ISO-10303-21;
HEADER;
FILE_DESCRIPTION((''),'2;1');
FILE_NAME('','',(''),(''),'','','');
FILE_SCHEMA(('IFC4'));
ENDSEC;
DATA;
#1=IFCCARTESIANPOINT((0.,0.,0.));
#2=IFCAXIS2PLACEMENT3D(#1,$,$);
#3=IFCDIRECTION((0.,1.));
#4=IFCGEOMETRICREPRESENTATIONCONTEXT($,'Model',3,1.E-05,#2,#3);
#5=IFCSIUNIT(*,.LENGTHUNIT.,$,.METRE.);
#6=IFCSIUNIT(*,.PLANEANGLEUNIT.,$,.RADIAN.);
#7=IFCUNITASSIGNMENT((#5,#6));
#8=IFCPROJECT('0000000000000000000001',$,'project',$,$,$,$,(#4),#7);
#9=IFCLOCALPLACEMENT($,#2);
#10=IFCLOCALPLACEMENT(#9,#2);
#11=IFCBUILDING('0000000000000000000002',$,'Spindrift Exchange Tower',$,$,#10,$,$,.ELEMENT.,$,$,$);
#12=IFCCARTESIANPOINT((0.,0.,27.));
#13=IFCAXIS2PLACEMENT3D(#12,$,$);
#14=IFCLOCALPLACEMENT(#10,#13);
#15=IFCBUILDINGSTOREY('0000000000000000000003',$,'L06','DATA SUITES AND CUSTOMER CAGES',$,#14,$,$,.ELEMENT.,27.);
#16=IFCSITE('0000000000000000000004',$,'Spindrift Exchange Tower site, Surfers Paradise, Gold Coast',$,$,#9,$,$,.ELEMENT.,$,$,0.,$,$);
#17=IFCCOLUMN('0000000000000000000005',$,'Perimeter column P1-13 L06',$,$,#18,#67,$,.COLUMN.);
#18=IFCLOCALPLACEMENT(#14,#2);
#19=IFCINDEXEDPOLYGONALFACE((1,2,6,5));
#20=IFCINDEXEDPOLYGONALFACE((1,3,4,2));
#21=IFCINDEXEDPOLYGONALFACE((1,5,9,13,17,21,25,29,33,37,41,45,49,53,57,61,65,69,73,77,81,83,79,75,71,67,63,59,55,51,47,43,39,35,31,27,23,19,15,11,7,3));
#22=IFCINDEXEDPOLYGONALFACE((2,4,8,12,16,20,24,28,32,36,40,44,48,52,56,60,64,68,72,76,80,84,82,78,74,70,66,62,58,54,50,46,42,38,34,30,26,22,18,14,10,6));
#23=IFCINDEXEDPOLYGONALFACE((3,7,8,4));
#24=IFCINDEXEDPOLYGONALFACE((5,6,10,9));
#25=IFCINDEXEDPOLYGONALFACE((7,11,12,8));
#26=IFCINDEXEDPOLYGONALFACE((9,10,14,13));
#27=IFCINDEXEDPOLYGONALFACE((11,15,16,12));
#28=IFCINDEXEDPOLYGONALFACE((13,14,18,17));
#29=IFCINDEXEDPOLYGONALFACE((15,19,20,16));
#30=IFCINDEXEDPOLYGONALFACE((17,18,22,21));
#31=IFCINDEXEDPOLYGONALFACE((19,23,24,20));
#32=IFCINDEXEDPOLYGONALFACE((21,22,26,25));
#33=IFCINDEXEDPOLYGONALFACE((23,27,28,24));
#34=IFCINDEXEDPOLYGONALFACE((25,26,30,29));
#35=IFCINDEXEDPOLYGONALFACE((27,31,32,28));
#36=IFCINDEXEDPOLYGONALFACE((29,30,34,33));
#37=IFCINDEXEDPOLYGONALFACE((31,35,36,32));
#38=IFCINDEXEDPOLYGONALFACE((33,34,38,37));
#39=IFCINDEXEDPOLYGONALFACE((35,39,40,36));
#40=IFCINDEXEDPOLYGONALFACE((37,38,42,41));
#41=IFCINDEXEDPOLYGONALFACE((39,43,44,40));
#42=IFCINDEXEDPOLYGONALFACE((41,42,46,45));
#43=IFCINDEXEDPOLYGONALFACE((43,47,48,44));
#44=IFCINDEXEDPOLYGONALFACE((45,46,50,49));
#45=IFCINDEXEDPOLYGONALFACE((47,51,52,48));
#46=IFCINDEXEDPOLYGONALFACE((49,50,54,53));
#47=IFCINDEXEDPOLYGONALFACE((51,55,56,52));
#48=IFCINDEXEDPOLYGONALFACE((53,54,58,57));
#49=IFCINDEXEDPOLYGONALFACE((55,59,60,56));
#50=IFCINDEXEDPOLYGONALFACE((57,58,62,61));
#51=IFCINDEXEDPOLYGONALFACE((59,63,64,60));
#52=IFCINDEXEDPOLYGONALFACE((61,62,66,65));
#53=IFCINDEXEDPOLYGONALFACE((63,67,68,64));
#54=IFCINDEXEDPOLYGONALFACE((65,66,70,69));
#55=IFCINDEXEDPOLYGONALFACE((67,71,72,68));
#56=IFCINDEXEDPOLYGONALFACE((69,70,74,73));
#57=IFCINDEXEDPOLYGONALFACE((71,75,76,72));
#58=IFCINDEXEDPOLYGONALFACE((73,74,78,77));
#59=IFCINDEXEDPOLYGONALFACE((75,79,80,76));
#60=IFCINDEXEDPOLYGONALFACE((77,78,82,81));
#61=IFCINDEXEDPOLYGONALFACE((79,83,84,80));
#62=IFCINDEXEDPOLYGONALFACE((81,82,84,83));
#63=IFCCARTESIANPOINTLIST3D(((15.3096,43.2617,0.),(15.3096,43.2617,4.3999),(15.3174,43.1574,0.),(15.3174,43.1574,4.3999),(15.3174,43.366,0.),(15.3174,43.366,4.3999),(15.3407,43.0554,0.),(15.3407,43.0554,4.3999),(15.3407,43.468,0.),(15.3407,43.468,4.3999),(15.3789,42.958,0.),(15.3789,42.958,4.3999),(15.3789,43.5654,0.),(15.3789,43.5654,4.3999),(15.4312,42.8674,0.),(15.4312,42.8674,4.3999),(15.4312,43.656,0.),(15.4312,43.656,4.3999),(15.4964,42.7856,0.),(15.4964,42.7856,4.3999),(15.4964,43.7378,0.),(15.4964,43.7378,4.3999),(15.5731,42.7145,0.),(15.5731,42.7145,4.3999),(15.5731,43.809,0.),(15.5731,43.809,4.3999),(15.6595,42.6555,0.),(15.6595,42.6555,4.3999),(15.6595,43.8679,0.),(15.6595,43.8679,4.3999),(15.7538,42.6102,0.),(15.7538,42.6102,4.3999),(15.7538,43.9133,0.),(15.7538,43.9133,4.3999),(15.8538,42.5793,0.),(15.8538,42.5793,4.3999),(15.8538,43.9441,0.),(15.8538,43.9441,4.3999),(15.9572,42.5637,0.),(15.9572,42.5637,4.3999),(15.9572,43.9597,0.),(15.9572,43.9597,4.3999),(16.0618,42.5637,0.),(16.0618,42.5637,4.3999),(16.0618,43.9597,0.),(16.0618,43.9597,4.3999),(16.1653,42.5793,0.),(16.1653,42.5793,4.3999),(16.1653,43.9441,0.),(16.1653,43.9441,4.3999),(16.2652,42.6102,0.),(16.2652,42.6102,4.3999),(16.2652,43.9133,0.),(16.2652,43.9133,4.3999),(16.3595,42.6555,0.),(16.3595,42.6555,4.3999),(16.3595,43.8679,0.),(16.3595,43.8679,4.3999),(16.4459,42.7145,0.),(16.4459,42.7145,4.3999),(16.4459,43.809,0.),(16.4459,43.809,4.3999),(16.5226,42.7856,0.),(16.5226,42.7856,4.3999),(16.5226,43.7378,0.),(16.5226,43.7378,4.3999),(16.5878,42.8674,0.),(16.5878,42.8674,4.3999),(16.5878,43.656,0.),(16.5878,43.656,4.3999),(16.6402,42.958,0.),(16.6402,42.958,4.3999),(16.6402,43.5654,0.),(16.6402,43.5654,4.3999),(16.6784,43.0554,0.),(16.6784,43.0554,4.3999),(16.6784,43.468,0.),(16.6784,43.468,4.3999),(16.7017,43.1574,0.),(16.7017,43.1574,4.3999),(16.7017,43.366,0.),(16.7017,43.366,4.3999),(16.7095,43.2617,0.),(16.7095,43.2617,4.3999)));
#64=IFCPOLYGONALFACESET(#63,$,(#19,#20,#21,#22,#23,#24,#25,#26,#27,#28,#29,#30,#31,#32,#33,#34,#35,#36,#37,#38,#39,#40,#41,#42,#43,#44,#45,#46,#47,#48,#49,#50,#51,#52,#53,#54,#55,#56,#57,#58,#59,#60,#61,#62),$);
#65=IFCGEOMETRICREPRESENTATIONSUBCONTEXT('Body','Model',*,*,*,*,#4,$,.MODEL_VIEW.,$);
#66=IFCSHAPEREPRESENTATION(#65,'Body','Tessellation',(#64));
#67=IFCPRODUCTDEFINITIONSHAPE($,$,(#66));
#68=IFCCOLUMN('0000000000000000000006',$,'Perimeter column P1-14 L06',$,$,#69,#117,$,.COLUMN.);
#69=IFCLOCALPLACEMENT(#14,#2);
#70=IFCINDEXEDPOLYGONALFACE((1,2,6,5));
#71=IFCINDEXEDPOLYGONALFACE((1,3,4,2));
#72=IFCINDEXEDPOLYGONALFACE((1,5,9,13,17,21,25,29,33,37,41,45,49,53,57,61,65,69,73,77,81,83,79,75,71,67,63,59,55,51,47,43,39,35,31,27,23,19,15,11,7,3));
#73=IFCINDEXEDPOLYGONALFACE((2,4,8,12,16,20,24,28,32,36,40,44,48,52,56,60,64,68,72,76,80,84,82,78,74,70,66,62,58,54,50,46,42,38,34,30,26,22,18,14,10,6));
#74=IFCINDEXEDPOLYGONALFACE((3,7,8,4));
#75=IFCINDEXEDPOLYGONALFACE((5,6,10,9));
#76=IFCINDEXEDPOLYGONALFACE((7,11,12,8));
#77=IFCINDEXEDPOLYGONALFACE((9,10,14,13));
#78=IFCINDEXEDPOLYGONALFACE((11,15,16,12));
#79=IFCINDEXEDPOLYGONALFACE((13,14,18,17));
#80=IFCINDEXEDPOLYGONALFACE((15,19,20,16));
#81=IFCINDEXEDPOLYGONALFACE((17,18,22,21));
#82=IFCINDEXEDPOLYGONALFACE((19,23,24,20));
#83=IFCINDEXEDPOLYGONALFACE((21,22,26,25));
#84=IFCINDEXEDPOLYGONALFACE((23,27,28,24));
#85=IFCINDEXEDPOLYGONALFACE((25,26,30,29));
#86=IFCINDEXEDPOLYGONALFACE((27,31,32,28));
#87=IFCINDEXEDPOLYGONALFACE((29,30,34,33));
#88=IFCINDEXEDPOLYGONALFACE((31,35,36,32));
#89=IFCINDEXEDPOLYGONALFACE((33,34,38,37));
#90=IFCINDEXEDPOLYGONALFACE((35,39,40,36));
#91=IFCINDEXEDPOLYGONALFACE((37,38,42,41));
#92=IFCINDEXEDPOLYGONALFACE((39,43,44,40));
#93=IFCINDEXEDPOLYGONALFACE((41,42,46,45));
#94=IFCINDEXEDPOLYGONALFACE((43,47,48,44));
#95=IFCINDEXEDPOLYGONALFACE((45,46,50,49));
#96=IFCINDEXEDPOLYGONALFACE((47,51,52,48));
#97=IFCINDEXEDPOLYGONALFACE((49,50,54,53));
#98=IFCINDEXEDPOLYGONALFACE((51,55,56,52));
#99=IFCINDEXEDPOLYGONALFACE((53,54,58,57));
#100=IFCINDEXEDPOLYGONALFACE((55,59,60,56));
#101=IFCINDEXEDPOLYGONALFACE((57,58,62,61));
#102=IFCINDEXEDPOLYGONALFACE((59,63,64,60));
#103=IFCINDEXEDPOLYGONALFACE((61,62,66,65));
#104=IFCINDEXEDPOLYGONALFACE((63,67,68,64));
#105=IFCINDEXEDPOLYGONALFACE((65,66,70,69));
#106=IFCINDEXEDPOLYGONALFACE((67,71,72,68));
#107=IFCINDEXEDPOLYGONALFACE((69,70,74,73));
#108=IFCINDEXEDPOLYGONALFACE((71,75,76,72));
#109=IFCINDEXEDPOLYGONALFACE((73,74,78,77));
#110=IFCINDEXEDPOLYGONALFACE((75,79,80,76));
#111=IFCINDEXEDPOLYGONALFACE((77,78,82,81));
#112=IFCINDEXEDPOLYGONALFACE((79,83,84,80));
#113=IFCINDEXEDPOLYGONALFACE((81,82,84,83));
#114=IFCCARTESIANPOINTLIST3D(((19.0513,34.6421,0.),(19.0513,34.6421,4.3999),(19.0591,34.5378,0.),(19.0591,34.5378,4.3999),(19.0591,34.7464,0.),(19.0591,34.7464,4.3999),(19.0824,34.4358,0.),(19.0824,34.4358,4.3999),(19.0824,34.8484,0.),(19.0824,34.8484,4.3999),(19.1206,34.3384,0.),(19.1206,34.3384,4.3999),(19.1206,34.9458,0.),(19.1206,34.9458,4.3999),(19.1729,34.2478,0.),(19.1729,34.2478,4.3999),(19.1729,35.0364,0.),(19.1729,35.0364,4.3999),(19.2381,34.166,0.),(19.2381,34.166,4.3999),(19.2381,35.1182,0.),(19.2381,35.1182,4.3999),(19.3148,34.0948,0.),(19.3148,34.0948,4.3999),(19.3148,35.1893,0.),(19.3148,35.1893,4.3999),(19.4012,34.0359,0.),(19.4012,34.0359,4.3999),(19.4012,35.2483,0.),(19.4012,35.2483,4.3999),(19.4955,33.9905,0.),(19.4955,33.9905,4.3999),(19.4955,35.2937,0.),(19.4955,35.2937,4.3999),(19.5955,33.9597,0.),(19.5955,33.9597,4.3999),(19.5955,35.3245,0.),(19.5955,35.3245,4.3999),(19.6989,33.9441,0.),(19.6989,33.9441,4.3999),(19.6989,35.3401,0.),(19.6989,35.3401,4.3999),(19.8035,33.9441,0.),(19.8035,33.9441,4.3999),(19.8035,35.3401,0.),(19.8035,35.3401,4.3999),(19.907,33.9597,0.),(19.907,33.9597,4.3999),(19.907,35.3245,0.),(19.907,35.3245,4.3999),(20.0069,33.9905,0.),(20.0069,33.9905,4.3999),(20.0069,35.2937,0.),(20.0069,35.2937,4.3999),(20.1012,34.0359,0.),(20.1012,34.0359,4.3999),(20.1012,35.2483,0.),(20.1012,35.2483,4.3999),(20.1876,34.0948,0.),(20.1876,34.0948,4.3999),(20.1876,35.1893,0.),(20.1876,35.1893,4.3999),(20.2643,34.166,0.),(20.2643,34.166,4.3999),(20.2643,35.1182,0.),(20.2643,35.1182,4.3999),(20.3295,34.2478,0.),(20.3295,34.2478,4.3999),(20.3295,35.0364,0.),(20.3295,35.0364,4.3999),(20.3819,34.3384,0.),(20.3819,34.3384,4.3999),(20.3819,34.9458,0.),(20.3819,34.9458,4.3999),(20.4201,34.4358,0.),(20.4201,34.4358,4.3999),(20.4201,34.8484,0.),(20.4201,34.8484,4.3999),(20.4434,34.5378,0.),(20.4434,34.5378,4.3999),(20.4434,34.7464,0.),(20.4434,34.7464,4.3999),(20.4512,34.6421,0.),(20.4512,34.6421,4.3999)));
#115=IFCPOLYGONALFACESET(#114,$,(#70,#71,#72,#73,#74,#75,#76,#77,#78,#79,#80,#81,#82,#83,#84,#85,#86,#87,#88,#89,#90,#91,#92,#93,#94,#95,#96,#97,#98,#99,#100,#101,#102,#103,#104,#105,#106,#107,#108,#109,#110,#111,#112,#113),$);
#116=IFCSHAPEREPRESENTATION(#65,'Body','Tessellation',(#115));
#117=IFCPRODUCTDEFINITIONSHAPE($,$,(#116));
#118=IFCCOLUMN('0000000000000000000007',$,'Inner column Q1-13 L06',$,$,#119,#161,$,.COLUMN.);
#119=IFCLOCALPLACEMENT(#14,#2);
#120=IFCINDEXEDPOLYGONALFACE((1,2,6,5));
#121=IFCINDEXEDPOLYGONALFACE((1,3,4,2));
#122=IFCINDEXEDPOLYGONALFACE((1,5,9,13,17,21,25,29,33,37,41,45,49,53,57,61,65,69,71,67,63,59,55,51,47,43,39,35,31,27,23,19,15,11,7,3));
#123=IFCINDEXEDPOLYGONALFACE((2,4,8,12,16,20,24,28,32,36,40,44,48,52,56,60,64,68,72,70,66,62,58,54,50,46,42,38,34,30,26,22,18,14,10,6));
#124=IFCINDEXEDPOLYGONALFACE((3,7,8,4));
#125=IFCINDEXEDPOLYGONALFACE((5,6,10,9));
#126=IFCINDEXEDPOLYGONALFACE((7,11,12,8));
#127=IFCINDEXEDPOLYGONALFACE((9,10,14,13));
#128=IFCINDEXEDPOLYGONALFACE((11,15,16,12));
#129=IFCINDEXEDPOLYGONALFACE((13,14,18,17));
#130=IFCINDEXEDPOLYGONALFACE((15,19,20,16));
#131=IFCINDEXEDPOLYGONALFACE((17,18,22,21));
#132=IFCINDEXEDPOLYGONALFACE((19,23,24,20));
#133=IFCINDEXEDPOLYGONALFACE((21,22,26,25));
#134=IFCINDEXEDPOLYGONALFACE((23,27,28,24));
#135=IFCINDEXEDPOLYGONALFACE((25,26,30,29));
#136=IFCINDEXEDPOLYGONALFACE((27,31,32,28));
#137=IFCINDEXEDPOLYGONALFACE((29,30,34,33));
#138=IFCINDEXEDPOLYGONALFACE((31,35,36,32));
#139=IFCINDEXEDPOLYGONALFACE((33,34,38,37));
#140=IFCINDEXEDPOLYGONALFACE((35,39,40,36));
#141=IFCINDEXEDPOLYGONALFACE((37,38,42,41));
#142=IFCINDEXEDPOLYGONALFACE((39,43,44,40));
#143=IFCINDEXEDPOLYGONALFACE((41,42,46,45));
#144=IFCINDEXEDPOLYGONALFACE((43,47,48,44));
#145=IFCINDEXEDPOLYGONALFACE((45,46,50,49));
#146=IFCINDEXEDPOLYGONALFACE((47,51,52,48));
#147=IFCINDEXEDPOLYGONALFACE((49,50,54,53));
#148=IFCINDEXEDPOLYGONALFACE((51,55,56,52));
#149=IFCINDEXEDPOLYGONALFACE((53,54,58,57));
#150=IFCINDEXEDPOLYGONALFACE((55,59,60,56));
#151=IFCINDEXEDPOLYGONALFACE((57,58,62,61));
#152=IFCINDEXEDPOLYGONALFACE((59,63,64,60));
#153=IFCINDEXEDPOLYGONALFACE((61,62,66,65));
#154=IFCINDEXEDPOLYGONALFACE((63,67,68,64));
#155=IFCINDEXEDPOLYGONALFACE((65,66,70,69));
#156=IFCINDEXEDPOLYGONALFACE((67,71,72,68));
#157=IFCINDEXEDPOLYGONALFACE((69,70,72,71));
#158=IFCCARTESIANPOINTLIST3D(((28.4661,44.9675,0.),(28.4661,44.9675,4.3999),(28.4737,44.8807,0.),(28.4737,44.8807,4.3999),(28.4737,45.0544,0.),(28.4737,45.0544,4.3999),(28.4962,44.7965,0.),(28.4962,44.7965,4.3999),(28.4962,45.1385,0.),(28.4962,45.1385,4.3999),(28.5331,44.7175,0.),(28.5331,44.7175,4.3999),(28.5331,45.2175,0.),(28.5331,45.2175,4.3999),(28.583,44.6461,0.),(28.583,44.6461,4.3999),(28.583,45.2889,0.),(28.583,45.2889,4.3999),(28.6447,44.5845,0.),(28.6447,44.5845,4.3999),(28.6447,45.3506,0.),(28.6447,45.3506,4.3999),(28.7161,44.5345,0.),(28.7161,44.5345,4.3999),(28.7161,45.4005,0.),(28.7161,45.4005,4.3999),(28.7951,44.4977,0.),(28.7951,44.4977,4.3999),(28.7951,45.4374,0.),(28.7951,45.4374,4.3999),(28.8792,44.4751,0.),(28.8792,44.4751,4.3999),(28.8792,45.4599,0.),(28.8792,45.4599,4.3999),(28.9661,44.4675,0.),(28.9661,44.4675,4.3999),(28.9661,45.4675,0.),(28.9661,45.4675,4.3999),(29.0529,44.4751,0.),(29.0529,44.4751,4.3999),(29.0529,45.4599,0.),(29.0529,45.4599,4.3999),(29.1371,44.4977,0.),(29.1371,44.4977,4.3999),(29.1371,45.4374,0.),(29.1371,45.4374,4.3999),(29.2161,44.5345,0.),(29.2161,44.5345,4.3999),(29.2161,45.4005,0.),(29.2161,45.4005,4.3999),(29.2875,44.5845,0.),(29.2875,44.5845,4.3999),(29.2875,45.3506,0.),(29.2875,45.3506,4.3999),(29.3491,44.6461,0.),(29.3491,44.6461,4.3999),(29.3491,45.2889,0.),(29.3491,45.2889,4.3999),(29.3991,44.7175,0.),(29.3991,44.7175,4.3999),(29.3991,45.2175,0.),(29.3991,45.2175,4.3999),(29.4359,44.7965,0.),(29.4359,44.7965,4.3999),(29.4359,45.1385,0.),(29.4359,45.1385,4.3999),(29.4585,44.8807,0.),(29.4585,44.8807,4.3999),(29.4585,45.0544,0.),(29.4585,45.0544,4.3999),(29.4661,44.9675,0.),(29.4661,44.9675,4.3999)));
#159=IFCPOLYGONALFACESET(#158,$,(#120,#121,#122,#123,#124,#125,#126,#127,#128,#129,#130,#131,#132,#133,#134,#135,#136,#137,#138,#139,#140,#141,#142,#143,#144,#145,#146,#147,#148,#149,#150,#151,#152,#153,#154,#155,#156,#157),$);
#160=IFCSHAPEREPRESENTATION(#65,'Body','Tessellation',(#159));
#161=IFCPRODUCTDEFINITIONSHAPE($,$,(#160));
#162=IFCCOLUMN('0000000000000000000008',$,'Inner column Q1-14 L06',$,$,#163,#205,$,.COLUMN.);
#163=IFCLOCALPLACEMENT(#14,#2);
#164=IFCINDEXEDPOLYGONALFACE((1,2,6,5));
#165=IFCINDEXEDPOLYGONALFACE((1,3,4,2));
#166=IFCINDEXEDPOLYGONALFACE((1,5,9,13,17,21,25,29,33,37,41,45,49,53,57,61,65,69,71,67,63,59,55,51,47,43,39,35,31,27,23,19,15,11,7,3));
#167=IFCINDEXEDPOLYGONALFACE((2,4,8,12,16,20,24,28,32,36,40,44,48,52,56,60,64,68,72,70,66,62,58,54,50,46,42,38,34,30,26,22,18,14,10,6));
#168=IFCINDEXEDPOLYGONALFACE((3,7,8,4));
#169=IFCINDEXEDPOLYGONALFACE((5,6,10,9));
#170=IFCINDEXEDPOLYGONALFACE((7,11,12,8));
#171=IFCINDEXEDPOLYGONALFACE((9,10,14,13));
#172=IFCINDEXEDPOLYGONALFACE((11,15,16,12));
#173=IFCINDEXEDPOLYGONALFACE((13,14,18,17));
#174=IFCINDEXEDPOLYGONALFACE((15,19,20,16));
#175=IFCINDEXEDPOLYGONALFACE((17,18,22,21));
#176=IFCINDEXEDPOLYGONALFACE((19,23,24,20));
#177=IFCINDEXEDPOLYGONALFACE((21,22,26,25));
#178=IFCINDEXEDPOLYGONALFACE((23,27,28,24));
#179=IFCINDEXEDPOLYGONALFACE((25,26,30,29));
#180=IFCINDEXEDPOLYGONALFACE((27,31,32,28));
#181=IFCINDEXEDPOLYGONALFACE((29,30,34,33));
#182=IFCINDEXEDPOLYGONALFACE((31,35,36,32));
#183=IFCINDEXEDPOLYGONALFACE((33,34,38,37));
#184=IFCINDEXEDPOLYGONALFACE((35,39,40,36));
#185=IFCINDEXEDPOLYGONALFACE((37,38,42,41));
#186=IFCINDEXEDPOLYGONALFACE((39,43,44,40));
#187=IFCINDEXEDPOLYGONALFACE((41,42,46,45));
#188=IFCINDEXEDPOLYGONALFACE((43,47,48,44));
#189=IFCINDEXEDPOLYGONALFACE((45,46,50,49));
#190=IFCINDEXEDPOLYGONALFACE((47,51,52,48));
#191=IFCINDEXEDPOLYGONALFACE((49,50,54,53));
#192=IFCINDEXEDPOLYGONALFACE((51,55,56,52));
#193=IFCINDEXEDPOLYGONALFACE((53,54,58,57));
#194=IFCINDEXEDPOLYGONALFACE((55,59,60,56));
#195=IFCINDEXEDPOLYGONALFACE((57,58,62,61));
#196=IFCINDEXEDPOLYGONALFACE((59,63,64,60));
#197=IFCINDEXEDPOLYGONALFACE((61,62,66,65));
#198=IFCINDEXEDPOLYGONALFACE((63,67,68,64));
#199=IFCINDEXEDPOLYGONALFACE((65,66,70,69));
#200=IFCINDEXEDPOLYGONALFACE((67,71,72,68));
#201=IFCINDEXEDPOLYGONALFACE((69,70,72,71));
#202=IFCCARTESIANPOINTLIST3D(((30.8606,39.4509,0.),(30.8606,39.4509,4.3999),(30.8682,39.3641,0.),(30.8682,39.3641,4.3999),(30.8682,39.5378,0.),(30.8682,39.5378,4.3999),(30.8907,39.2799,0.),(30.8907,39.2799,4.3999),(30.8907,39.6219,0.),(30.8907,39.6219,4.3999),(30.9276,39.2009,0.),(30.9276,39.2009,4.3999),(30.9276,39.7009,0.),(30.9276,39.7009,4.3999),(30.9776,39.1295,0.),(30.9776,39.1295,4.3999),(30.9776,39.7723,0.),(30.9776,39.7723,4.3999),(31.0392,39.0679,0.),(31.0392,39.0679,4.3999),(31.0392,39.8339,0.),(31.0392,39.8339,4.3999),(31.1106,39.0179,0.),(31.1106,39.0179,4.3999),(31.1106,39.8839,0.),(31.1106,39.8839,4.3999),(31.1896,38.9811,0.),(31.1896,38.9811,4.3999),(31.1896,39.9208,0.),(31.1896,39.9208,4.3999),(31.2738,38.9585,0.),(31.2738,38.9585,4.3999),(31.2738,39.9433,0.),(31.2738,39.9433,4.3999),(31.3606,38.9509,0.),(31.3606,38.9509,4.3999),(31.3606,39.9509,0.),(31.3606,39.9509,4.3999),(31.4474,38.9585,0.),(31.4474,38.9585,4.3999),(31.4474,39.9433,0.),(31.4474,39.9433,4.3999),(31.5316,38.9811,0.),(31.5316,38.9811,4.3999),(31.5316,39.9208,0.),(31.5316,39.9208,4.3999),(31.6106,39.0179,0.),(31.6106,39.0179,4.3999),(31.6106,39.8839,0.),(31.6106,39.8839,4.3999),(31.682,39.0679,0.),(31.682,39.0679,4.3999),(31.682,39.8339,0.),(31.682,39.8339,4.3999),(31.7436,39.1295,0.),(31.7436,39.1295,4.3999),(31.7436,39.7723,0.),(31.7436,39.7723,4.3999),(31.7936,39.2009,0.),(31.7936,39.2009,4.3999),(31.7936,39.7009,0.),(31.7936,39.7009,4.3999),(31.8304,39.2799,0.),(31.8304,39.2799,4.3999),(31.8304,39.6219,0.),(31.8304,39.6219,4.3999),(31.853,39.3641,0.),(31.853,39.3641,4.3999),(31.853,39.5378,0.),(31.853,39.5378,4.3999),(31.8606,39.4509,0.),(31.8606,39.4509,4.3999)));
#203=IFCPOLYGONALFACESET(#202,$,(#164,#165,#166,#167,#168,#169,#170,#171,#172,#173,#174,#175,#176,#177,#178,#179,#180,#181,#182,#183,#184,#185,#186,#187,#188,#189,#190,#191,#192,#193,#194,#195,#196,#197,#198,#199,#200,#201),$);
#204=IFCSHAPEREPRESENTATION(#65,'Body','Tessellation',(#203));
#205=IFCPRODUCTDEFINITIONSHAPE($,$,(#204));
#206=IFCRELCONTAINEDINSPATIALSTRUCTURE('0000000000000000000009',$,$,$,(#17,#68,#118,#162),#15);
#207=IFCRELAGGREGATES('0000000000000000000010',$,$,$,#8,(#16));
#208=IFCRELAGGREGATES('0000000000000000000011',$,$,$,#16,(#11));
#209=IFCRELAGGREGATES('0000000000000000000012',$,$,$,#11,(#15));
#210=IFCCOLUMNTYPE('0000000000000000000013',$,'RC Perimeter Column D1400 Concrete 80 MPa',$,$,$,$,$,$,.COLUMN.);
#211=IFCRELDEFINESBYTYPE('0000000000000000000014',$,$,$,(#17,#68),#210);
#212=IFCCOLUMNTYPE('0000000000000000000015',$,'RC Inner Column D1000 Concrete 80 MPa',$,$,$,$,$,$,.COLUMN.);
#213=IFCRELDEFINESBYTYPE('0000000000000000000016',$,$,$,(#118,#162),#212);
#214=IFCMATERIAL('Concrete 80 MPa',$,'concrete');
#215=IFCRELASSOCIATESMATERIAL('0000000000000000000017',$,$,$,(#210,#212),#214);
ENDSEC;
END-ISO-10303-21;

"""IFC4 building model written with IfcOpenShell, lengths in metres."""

from ifc_helpers import new_model, si_unit, direction, frame, origin, origin_2d, place, context, subcontext, project, spatial, circle, extrude, source, transform, mapped, material, material_profile, profile_set, type_object, element, save


model = new_model("IFC4")

# Units and contexts
model_context = context("Model", 3, precision=1e-05, world=origin(), true_north=direction((0.0, 1.0)))
body_context = subcontext(model_context, "Body", "Model", "MODEL_VIEW")
ifc_project = project(units=[si_unit("LENGTHUNIT", "METRE"), si_unit("PLANEANGLEUNIT", "RADIAN")], contexts=[model_context])

# Site, building, storey
site_placement = place(None, origin())
site = spatial("IfcSite", under=ifc_project, at=site_placement, Name="Spindrift Exchange Tower site, Surfers Paradise, Gold Coast", CompositionType="ELEMENT", RefElevation=0.0)
building_placement = place(site_placement, origin())
building = spatial("IfcBuilding", under=site, at=building_placement, Name="Spindrift Exchange Tower", CompositionType="ELEMENT")
storey_placement = place(building_placement, frame((0.0, 0.0, 27.0)))
storey = spatial("IfcBuildingStorey", under=building, at=storey_placement, Name="L06", Description="DATA SUITES AND CUSTOMER CAGES", CompositionType="ELEMENT", Elevation=27.0)

# Columns
ifc_material_1 = material(Name="Concrete 80 MPa", Category="concrete")
ifc_material_profile_1 = material_profile(ifc_material_1, circle(Radius=0.7, at=origin_2d()), Name="RC D1400")
ifc_profile_set_1 = profile_set([ifc_material_profile_1], Name="Concrete 80 MPa")
column_type_1 = type_object("IfcColumnType", Name="RC Perimeter Column D1400 Concrete 80 MPa", PredefinedType="COLUMN", material=ifc_profile_set_1)
shared_shape_1 = source(origin(), body_context, "Body", "SweptSolid", [
    extrude(circle(Radius=0.7, at=origin_2d()), origin(), (0.0, 0.0, 1.0), 4.3999),
])
for number, where, z_axis, x_axis, name in (
    (1, (16.0095, 43.2617, 0.0), (0.0, 0.0, 1.0), (1.0, 0.0, 0.0), "Perimeter column P1-13 L06"),
    (2, (19.7512, 34.6421, 0.0), (0.0, 0.0, 1.0), (1.0, 0.0, 0.0), "Perimeter column P1-14 L06"),
):
    element("IfcColumn", number, at=place(storey_placement, frame(where, z_axis=z_axis, x_axis=x_axis)), inside=storey, type_object=column_type_1, Name=name, PredefinedType="COLUMN", context=body_context, shape_type="MappedRepresentation", body=[
        mapped(shared_shape_1, transform((0.0, 0.0, 0.0), scale=1.0)),
    ])
ifc_material_profile_2 = material_profile(ifc_material_1, circle(Radius=0.5, at=origin_2d()), Name="RC D1000")
ifc_profile_set_2 = profile_set([ifc_material_profile_2], Name="Concrete 80 MPa")
column_type_2 = type_object("IfcColumnType", Name="RC Inner Column D1000 Concrete 80 MPa", PredefinedType="COLUMN", material=ifc_profile_set_2)
shared_shape_2 = source(origin(), body_context, "Body", "SweptSolid", [
    extrude(circle(Radius=0.5, at=origin_2d()), origin(), (0.0, 0.0, 1.0), 4.3999),
])
for number, where, z_axis, x_axis, name in (
    (3, (28.9661, 44.9675, 0.0), (0.0, 0.0, 1.0), (1.0, 0.0, 0.0), "Inner column Q1-13 L06"),
    (4, (31.3606, 39.4509, 0.0), (0.0, 0.0, 1.0), (1.0, 0.0, 0.0), "Inner column Q1-14 L06"),
):
    element("IfcColumn", number, at=place(storey_placement, frame(where, z_axis=z_axis, x_axis=x_axis)), inside=storey, type_object=column_type_2, Name=name, PredefinedType="COLUMN", context=body_context, shape_type="MappedRepresentation", body=[
        mapped(shared_shape_2, transform((0.0, 0.0, 0.0), scale=1.0)),
    ])

save(model, "model.ifc")
